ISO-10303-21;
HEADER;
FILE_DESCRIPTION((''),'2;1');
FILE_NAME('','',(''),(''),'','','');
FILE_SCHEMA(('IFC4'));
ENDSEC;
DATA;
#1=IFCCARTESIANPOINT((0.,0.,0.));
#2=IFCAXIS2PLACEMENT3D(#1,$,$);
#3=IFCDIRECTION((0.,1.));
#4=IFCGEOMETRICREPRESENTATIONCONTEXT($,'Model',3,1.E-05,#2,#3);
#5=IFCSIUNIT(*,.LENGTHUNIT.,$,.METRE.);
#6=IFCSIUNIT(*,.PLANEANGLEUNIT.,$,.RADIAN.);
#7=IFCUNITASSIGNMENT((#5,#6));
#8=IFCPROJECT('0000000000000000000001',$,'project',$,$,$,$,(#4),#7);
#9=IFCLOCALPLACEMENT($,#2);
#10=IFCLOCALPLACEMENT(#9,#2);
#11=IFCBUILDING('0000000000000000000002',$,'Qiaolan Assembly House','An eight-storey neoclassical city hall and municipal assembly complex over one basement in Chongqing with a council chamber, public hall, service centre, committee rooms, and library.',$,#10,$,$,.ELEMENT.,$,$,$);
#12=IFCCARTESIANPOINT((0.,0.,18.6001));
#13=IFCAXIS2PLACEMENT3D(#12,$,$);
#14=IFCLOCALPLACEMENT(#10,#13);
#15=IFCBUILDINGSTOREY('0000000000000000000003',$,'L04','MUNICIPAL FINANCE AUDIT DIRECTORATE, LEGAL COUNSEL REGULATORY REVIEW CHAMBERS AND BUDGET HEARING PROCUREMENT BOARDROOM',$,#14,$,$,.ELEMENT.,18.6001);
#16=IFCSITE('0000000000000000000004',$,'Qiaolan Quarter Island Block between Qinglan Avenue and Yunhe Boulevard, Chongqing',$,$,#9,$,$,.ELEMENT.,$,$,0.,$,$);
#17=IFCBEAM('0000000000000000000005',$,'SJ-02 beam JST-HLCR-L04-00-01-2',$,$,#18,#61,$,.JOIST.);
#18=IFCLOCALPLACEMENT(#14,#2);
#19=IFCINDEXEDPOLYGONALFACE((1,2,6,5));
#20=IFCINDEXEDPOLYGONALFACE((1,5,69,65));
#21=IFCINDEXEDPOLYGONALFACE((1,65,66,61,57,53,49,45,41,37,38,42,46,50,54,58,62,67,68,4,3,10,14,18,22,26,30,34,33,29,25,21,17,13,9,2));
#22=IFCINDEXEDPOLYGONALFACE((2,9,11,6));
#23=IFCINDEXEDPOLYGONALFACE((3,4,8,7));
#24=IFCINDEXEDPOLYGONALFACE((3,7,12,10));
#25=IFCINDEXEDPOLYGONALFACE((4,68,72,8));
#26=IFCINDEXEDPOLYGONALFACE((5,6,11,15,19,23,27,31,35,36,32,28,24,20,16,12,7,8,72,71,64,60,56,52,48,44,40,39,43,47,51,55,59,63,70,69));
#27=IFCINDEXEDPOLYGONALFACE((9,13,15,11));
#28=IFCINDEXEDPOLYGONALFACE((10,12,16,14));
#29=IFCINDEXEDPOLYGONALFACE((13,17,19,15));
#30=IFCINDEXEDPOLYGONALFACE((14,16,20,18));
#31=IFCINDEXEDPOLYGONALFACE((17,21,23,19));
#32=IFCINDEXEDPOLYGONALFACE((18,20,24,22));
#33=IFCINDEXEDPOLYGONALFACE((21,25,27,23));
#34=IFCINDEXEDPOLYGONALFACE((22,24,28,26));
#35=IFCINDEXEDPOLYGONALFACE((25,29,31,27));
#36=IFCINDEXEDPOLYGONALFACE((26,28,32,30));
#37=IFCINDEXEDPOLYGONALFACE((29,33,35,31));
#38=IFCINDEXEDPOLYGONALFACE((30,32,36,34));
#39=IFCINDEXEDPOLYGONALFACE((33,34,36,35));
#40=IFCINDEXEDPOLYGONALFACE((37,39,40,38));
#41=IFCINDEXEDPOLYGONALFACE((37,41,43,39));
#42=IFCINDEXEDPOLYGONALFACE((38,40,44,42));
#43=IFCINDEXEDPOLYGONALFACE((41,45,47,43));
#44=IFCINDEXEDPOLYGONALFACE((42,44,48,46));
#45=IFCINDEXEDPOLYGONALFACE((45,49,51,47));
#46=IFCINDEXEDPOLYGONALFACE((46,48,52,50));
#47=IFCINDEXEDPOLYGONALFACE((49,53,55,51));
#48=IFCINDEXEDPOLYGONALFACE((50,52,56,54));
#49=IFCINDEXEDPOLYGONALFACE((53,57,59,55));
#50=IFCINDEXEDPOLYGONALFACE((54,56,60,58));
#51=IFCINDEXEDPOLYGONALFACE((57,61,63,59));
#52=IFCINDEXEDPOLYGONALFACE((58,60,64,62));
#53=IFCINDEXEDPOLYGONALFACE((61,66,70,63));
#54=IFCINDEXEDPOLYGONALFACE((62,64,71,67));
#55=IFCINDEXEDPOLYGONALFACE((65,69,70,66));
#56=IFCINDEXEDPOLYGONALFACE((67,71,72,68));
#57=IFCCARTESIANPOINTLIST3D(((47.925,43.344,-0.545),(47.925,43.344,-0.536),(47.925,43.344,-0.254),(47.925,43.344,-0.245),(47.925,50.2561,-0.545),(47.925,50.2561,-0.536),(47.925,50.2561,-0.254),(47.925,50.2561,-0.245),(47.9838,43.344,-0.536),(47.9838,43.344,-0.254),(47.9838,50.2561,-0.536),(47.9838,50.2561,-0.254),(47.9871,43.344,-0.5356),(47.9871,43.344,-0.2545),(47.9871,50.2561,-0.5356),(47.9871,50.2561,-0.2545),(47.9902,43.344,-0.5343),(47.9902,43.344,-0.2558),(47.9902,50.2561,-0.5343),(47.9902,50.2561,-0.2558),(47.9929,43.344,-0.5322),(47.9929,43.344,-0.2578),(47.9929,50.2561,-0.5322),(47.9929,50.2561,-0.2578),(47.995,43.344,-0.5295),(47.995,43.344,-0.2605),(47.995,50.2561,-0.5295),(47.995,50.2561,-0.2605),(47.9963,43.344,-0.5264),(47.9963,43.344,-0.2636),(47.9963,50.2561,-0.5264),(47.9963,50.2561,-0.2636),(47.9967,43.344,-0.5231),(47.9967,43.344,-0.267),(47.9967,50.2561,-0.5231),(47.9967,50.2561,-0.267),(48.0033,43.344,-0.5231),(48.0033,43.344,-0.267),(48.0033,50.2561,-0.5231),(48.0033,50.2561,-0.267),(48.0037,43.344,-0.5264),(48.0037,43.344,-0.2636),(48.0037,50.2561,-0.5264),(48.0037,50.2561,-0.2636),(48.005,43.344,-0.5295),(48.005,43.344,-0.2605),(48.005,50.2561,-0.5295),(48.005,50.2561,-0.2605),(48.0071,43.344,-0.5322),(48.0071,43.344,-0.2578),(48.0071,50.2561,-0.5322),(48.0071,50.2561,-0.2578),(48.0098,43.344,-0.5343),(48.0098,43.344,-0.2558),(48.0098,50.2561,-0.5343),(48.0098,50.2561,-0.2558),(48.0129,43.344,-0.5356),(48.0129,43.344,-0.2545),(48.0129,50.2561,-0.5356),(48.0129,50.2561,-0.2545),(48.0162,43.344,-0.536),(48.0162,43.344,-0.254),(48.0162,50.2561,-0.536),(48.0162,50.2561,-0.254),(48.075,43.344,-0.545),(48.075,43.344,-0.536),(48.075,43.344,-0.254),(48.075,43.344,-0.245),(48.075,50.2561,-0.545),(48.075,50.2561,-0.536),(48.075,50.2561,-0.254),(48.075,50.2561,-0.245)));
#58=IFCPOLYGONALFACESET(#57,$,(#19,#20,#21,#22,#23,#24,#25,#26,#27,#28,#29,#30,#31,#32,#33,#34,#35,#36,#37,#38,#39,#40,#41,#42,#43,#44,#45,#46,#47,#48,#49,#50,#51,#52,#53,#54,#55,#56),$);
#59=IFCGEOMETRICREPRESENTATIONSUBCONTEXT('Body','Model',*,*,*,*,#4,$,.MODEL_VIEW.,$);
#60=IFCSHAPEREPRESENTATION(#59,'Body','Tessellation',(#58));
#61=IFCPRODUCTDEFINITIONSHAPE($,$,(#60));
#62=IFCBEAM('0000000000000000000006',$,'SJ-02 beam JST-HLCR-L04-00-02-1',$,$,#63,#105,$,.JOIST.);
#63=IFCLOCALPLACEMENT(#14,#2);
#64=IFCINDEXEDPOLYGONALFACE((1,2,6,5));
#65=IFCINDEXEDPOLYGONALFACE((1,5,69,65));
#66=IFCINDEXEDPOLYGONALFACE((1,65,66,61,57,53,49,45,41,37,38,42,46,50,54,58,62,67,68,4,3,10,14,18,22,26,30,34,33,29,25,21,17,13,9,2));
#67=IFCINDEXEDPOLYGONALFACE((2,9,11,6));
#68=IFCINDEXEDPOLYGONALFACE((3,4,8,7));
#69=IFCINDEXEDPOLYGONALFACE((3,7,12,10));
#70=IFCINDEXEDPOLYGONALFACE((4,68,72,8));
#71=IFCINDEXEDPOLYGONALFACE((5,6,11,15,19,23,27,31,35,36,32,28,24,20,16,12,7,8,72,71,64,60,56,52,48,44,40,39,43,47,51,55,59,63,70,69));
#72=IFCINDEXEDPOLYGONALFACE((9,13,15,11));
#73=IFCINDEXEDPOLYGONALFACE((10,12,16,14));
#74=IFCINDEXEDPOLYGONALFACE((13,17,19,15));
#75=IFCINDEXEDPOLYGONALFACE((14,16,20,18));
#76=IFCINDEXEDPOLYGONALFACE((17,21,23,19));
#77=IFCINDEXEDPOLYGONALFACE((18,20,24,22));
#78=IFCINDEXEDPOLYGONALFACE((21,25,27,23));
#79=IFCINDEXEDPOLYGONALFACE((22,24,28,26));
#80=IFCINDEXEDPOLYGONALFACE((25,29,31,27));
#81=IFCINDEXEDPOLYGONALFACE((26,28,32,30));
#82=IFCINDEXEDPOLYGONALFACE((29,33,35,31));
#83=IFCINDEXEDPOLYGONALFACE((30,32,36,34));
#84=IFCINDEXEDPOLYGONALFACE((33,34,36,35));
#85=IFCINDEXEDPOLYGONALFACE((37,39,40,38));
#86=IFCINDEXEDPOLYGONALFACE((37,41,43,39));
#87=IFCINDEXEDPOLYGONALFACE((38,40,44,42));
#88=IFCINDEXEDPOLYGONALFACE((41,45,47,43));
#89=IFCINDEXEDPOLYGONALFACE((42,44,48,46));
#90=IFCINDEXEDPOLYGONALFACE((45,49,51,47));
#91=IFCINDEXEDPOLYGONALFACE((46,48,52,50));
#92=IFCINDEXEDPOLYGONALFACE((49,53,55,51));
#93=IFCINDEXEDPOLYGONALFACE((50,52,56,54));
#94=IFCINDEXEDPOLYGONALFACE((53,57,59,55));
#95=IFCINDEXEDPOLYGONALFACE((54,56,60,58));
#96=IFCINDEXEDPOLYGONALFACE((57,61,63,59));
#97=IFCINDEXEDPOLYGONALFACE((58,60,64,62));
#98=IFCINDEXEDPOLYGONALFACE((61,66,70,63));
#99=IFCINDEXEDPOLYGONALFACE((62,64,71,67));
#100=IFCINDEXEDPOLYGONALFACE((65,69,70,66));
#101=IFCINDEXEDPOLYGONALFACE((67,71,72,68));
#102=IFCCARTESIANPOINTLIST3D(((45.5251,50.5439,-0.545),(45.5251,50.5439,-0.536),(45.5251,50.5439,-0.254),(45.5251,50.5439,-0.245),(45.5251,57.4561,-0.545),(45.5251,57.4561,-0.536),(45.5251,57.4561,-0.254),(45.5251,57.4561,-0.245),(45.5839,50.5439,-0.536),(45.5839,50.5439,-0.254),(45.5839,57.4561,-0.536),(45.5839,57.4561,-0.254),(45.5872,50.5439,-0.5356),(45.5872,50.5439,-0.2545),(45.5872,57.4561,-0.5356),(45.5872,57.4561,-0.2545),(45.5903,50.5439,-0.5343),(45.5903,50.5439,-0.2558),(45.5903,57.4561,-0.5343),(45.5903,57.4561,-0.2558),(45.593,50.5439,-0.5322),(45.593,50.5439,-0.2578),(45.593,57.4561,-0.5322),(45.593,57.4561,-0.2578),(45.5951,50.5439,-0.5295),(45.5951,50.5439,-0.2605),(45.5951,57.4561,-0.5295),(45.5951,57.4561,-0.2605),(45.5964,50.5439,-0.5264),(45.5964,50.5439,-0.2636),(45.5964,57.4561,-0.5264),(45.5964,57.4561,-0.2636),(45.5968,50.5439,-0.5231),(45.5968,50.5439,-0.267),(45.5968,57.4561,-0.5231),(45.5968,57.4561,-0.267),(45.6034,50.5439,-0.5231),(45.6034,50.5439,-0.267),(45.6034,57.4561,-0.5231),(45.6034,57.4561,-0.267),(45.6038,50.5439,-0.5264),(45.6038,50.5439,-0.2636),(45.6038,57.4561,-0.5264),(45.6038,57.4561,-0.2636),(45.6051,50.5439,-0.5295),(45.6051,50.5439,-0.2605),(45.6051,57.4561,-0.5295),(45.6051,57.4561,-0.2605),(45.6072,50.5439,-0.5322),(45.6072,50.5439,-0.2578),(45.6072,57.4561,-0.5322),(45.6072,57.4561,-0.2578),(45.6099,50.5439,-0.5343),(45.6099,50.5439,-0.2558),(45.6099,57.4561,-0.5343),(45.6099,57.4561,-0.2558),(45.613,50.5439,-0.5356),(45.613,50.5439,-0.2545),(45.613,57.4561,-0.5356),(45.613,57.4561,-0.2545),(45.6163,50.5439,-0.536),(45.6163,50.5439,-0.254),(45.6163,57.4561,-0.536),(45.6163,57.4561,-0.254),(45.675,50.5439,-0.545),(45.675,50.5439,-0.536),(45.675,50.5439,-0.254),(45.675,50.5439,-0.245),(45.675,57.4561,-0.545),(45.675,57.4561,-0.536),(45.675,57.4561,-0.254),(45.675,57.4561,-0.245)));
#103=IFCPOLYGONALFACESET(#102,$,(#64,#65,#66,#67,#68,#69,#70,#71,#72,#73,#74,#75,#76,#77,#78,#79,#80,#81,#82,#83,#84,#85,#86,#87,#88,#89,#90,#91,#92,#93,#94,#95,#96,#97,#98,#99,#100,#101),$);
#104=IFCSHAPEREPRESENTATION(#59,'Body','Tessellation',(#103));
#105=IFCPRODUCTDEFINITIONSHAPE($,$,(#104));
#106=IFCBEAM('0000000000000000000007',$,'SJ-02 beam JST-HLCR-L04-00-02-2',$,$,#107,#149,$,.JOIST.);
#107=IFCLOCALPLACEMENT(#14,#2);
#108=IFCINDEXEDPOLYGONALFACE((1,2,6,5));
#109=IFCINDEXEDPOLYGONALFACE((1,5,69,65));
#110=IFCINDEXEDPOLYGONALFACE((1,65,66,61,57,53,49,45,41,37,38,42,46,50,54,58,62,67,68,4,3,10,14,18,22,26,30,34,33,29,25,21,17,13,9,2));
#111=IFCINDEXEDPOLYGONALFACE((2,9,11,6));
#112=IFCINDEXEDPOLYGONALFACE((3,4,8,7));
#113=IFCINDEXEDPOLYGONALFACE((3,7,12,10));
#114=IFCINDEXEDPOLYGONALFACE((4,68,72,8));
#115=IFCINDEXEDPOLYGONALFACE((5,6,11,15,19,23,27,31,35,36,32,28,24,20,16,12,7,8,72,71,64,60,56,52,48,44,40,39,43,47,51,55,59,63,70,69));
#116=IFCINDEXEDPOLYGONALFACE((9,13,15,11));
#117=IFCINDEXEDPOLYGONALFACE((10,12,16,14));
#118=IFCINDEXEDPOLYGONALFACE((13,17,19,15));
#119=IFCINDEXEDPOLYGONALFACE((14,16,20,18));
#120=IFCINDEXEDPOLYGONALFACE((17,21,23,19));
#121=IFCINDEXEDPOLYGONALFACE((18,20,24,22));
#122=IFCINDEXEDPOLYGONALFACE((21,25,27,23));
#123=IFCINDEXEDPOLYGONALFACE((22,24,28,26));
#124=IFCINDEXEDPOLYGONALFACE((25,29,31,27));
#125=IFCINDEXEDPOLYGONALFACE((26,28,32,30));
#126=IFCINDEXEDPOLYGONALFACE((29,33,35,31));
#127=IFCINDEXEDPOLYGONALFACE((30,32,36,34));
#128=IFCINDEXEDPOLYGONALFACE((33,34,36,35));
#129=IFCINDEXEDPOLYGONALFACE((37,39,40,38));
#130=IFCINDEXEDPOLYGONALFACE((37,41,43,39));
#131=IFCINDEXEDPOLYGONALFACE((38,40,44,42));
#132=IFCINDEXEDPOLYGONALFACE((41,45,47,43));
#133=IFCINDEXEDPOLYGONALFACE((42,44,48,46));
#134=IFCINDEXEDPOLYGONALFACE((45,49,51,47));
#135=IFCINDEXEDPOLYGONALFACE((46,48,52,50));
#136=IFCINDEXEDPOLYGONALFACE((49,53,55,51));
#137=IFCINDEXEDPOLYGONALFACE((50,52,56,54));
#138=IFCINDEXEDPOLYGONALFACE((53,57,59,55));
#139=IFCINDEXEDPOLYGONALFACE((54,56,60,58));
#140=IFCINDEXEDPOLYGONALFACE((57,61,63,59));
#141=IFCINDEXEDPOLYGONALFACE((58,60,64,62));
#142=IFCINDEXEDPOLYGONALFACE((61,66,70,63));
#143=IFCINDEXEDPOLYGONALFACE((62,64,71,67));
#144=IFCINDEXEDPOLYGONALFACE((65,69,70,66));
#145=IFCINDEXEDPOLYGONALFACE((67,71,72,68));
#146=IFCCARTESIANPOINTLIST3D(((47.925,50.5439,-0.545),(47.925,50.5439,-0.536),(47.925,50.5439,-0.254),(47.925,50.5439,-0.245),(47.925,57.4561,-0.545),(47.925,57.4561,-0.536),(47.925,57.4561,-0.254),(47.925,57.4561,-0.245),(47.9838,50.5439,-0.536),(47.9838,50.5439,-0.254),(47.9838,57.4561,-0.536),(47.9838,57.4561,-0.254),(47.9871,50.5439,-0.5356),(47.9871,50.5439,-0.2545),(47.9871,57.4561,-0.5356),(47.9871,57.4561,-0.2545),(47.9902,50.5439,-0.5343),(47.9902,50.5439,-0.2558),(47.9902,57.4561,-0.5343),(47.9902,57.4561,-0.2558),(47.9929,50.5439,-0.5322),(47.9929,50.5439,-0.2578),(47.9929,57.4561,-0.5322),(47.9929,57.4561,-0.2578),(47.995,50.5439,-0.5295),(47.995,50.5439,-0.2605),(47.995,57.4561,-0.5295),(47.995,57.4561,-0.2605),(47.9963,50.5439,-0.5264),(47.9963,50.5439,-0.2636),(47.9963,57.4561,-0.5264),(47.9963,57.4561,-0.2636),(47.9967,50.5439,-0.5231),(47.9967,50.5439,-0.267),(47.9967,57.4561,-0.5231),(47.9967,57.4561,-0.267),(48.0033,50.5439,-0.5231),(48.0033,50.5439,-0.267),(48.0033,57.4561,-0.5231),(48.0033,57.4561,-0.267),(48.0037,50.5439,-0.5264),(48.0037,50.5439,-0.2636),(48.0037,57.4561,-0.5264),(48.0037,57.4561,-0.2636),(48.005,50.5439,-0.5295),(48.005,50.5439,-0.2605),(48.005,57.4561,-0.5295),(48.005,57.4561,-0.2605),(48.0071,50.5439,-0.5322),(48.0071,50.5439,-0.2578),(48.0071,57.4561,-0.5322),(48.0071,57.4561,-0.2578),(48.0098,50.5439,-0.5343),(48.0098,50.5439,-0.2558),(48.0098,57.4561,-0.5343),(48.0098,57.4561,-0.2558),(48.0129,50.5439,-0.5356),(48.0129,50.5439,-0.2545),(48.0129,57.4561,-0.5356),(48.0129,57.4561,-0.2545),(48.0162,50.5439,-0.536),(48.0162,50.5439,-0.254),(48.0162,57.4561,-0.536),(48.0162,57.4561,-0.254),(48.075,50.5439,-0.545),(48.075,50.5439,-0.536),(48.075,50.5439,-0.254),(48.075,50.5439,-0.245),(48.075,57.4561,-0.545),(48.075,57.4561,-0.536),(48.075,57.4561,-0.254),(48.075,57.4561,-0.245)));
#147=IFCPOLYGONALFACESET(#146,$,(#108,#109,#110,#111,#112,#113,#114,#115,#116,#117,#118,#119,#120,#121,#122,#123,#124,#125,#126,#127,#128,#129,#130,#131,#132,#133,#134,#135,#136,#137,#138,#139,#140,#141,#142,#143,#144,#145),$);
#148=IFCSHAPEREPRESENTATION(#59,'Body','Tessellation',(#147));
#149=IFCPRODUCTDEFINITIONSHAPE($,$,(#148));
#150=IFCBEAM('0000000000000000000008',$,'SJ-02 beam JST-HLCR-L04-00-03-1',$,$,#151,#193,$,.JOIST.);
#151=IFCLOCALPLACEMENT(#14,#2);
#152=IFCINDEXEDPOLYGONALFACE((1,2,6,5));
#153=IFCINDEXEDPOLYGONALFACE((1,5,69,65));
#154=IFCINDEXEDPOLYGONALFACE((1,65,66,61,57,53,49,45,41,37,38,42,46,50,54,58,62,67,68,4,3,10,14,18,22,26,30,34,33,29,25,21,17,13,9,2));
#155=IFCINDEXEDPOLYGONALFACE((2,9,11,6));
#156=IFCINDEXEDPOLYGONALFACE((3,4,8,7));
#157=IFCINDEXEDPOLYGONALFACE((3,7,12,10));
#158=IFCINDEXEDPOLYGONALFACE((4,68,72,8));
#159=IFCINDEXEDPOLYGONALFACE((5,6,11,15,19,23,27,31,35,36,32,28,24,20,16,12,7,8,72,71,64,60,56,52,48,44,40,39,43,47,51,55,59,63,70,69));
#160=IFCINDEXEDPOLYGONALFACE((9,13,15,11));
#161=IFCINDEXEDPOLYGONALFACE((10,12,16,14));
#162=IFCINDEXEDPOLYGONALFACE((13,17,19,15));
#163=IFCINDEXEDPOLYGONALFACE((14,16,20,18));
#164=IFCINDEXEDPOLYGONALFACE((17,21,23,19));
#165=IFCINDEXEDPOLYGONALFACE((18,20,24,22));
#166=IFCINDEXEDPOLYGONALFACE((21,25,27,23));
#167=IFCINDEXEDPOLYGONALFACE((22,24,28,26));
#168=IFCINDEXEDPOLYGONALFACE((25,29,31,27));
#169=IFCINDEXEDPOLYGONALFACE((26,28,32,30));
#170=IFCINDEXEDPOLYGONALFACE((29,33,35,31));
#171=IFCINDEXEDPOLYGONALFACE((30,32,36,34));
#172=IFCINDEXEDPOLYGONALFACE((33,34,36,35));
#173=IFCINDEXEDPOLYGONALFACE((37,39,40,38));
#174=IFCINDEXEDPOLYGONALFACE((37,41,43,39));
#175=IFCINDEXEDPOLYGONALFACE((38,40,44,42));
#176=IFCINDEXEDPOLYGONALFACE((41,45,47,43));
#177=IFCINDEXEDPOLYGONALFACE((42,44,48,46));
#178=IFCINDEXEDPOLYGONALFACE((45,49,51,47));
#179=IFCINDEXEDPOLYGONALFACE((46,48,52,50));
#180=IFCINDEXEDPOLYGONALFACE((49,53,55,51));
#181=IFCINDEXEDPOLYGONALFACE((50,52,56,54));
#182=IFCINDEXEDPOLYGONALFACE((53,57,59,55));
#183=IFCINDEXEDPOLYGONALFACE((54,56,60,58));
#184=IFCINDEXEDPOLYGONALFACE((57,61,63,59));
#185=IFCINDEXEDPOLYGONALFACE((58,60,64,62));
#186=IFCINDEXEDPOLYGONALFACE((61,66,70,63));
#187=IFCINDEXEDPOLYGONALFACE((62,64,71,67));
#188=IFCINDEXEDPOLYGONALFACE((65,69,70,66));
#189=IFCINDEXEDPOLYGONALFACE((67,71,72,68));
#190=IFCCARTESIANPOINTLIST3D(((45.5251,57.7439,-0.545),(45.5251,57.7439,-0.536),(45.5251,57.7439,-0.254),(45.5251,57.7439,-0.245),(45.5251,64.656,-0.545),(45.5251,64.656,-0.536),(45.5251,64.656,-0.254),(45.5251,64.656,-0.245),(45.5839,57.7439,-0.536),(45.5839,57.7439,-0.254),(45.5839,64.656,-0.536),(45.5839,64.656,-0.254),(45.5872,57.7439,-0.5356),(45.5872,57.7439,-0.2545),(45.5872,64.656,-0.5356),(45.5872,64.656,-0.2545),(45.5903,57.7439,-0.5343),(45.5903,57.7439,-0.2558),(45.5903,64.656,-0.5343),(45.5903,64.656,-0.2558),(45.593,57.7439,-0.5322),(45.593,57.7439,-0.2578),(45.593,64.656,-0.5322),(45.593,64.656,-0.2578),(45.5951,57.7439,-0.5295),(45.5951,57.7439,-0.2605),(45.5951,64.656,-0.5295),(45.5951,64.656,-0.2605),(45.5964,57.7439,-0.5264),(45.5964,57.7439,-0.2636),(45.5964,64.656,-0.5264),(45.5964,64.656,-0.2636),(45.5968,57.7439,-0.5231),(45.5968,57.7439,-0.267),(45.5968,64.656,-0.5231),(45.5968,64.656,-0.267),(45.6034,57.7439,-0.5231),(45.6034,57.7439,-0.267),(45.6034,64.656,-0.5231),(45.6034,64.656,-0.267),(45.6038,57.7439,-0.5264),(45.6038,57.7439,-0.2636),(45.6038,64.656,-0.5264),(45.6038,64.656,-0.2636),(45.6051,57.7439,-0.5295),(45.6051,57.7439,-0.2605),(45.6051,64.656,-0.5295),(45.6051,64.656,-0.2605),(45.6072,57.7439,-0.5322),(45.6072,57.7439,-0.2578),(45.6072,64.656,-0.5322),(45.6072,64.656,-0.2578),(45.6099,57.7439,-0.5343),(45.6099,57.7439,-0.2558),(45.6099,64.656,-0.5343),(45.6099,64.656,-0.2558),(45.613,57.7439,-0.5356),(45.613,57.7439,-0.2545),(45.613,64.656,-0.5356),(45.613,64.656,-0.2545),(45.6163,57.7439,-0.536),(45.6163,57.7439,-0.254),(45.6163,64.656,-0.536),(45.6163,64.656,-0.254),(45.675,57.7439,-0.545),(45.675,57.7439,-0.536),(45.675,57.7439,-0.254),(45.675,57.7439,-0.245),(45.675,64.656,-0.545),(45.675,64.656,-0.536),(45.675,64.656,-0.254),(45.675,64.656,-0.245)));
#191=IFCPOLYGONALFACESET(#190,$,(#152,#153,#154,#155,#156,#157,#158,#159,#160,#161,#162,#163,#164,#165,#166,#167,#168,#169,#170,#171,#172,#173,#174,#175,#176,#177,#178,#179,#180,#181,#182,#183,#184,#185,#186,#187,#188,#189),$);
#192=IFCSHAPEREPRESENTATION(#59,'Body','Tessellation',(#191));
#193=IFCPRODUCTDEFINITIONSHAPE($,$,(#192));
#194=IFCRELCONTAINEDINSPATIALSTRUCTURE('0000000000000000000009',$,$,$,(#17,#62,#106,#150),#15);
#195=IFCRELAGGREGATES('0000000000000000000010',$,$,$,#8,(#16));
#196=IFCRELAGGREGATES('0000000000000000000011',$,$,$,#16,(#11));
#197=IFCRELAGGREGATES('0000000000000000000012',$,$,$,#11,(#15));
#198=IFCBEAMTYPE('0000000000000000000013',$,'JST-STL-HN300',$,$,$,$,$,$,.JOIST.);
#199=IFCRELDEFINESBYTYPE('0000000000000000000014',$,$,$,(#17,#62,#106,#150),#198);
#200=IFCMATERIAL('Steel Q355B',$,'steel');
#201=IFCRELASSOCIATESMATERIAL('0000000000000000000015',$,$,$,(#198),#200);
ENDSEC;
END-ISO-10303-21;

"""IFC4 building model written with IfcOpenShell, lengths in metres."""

from ifc_helpers import new_model, si_unit, direction, frame, origin, origin_2d, place, context, subcontext, project, spatial, i_section, extrude, material, material_profile, profile_set, type_object, element, save


model = new_model("IFC4")

# Units and contexts
model_context = context("Model", 3, precision=1e-05, world=origin(), true_north=direction((0.0, 1.0)))
body_context = subcontext(model_context, "Body", "Model", "MODEL_VIEW")
ifc_project = project(units=[si_unit("LENGTHUNIT", "METRE"), si_unit("PLANEANGLEUNIT", "RADIAN")], contexts=[model_context])

# Site, building, storey
site_placement = place(None, origin())
site = spatial("IfcSite", under=ifc_project, at=site_placement, Name="Qiaolan Quarter Island Block between Qinglan Avenue and Yunhe Boulevard, Chongqing", CompositionType="ELEMENT", RefElevation=0.0)
building_placement = place(site_placement, origin())
building = spatial("IfcBuilding", under=site, at=building_placement, Name="Qiaolan Assembly House", Description="An eight-storey neoclassical city hall and municipal assembly complex over one basement in Chongqing with a council chamber, public hall, service centre, committee rooms, and library.", CompositionType="ELEMENT")
storey_placement = place(building_placement, frame((0.0, 0.0, 18.6001)))
storey = spatial("IfcBuildingStorey", under=building, at=storey_placement, Name="L04", Description="MUNICIPAL FINANCE AUDIT DIRECTORATE, LEGAL COUNSEL REGULATORY REVIEW CHAMBERS AND BUDGET HEARING PROCUREMENT BOARDROOM", CompositionType="ELEMENT", Elevation=18.6001)

# Beams
ifc_material_1 = material(Name="Steel Q355B", Category="steel")
ifc_material_profile_1 = material_profile(ifc_material_1, i_section(OverallWidth=0.1499, OverallDepth=0.3, WebThickness=0.0066, FlangeThickness=0.009, FilletRadius=0.0129, at=origin_2d()), Name="HN 300x150x6.5x9")
ifc_profile_set_1 = profile_set([ifc_material_profile_1], Name="Steel Q355B")
beam_type_1 = type_object("IfcBeamType", Name="JST-STL-HN300", PredefinedType="JOIST", material=ifc_profile_set_1)
for number, where, z_axis, x_axis, name in (
    (1, (48.0, 43.344, -0.395), (0.0, 1.0, 0.0), (-1.0, 0.0, 0.0), "SJ-02 beam JST-HLCR-L04-00-01-2"),
    (2, (45.6001, 50.5439, -0.395), (0.0, 1.0, 0.0), (-1.0, 0.0, 0.0), "SJ-02 beam JST-HLCR-L04-00-02-1"),
    (3, (48.0, 50.5439, -0.395), (0.0, 1.0, 0.0), (-1.0, 0.0, 0.0), "SJ-02 beam JST-HLCR-L04-00-02-2"),
    (4, (45.6001, 57.7439, -0.395), (0.0, 1.0, 0.0), (-1.0, 0.0, 0.0), "SJ-02 beam JST-HLCR-L04-00-03-1"),
):
    element("IfcBeam", number, at=place(storey_placement, frame(where, z_axis=z_axis, x_axis=x_axis)), inside=storey, type_object=beam_type_1, Name=name, PredefinedType="JOIST", context=body_context, shape_type="SweptSolid", body=[
        extrude(i_section(OverallWidth=0.1499, OverallDepth=0.3, WebThickness=0.0066, FlangeThickness=0.009, FilletRadius=0.0129, at=origin_2d()), origin(), (0.0, 0.0, 1.0), 6.9121),
    ])

save(model, "model.ifc")
